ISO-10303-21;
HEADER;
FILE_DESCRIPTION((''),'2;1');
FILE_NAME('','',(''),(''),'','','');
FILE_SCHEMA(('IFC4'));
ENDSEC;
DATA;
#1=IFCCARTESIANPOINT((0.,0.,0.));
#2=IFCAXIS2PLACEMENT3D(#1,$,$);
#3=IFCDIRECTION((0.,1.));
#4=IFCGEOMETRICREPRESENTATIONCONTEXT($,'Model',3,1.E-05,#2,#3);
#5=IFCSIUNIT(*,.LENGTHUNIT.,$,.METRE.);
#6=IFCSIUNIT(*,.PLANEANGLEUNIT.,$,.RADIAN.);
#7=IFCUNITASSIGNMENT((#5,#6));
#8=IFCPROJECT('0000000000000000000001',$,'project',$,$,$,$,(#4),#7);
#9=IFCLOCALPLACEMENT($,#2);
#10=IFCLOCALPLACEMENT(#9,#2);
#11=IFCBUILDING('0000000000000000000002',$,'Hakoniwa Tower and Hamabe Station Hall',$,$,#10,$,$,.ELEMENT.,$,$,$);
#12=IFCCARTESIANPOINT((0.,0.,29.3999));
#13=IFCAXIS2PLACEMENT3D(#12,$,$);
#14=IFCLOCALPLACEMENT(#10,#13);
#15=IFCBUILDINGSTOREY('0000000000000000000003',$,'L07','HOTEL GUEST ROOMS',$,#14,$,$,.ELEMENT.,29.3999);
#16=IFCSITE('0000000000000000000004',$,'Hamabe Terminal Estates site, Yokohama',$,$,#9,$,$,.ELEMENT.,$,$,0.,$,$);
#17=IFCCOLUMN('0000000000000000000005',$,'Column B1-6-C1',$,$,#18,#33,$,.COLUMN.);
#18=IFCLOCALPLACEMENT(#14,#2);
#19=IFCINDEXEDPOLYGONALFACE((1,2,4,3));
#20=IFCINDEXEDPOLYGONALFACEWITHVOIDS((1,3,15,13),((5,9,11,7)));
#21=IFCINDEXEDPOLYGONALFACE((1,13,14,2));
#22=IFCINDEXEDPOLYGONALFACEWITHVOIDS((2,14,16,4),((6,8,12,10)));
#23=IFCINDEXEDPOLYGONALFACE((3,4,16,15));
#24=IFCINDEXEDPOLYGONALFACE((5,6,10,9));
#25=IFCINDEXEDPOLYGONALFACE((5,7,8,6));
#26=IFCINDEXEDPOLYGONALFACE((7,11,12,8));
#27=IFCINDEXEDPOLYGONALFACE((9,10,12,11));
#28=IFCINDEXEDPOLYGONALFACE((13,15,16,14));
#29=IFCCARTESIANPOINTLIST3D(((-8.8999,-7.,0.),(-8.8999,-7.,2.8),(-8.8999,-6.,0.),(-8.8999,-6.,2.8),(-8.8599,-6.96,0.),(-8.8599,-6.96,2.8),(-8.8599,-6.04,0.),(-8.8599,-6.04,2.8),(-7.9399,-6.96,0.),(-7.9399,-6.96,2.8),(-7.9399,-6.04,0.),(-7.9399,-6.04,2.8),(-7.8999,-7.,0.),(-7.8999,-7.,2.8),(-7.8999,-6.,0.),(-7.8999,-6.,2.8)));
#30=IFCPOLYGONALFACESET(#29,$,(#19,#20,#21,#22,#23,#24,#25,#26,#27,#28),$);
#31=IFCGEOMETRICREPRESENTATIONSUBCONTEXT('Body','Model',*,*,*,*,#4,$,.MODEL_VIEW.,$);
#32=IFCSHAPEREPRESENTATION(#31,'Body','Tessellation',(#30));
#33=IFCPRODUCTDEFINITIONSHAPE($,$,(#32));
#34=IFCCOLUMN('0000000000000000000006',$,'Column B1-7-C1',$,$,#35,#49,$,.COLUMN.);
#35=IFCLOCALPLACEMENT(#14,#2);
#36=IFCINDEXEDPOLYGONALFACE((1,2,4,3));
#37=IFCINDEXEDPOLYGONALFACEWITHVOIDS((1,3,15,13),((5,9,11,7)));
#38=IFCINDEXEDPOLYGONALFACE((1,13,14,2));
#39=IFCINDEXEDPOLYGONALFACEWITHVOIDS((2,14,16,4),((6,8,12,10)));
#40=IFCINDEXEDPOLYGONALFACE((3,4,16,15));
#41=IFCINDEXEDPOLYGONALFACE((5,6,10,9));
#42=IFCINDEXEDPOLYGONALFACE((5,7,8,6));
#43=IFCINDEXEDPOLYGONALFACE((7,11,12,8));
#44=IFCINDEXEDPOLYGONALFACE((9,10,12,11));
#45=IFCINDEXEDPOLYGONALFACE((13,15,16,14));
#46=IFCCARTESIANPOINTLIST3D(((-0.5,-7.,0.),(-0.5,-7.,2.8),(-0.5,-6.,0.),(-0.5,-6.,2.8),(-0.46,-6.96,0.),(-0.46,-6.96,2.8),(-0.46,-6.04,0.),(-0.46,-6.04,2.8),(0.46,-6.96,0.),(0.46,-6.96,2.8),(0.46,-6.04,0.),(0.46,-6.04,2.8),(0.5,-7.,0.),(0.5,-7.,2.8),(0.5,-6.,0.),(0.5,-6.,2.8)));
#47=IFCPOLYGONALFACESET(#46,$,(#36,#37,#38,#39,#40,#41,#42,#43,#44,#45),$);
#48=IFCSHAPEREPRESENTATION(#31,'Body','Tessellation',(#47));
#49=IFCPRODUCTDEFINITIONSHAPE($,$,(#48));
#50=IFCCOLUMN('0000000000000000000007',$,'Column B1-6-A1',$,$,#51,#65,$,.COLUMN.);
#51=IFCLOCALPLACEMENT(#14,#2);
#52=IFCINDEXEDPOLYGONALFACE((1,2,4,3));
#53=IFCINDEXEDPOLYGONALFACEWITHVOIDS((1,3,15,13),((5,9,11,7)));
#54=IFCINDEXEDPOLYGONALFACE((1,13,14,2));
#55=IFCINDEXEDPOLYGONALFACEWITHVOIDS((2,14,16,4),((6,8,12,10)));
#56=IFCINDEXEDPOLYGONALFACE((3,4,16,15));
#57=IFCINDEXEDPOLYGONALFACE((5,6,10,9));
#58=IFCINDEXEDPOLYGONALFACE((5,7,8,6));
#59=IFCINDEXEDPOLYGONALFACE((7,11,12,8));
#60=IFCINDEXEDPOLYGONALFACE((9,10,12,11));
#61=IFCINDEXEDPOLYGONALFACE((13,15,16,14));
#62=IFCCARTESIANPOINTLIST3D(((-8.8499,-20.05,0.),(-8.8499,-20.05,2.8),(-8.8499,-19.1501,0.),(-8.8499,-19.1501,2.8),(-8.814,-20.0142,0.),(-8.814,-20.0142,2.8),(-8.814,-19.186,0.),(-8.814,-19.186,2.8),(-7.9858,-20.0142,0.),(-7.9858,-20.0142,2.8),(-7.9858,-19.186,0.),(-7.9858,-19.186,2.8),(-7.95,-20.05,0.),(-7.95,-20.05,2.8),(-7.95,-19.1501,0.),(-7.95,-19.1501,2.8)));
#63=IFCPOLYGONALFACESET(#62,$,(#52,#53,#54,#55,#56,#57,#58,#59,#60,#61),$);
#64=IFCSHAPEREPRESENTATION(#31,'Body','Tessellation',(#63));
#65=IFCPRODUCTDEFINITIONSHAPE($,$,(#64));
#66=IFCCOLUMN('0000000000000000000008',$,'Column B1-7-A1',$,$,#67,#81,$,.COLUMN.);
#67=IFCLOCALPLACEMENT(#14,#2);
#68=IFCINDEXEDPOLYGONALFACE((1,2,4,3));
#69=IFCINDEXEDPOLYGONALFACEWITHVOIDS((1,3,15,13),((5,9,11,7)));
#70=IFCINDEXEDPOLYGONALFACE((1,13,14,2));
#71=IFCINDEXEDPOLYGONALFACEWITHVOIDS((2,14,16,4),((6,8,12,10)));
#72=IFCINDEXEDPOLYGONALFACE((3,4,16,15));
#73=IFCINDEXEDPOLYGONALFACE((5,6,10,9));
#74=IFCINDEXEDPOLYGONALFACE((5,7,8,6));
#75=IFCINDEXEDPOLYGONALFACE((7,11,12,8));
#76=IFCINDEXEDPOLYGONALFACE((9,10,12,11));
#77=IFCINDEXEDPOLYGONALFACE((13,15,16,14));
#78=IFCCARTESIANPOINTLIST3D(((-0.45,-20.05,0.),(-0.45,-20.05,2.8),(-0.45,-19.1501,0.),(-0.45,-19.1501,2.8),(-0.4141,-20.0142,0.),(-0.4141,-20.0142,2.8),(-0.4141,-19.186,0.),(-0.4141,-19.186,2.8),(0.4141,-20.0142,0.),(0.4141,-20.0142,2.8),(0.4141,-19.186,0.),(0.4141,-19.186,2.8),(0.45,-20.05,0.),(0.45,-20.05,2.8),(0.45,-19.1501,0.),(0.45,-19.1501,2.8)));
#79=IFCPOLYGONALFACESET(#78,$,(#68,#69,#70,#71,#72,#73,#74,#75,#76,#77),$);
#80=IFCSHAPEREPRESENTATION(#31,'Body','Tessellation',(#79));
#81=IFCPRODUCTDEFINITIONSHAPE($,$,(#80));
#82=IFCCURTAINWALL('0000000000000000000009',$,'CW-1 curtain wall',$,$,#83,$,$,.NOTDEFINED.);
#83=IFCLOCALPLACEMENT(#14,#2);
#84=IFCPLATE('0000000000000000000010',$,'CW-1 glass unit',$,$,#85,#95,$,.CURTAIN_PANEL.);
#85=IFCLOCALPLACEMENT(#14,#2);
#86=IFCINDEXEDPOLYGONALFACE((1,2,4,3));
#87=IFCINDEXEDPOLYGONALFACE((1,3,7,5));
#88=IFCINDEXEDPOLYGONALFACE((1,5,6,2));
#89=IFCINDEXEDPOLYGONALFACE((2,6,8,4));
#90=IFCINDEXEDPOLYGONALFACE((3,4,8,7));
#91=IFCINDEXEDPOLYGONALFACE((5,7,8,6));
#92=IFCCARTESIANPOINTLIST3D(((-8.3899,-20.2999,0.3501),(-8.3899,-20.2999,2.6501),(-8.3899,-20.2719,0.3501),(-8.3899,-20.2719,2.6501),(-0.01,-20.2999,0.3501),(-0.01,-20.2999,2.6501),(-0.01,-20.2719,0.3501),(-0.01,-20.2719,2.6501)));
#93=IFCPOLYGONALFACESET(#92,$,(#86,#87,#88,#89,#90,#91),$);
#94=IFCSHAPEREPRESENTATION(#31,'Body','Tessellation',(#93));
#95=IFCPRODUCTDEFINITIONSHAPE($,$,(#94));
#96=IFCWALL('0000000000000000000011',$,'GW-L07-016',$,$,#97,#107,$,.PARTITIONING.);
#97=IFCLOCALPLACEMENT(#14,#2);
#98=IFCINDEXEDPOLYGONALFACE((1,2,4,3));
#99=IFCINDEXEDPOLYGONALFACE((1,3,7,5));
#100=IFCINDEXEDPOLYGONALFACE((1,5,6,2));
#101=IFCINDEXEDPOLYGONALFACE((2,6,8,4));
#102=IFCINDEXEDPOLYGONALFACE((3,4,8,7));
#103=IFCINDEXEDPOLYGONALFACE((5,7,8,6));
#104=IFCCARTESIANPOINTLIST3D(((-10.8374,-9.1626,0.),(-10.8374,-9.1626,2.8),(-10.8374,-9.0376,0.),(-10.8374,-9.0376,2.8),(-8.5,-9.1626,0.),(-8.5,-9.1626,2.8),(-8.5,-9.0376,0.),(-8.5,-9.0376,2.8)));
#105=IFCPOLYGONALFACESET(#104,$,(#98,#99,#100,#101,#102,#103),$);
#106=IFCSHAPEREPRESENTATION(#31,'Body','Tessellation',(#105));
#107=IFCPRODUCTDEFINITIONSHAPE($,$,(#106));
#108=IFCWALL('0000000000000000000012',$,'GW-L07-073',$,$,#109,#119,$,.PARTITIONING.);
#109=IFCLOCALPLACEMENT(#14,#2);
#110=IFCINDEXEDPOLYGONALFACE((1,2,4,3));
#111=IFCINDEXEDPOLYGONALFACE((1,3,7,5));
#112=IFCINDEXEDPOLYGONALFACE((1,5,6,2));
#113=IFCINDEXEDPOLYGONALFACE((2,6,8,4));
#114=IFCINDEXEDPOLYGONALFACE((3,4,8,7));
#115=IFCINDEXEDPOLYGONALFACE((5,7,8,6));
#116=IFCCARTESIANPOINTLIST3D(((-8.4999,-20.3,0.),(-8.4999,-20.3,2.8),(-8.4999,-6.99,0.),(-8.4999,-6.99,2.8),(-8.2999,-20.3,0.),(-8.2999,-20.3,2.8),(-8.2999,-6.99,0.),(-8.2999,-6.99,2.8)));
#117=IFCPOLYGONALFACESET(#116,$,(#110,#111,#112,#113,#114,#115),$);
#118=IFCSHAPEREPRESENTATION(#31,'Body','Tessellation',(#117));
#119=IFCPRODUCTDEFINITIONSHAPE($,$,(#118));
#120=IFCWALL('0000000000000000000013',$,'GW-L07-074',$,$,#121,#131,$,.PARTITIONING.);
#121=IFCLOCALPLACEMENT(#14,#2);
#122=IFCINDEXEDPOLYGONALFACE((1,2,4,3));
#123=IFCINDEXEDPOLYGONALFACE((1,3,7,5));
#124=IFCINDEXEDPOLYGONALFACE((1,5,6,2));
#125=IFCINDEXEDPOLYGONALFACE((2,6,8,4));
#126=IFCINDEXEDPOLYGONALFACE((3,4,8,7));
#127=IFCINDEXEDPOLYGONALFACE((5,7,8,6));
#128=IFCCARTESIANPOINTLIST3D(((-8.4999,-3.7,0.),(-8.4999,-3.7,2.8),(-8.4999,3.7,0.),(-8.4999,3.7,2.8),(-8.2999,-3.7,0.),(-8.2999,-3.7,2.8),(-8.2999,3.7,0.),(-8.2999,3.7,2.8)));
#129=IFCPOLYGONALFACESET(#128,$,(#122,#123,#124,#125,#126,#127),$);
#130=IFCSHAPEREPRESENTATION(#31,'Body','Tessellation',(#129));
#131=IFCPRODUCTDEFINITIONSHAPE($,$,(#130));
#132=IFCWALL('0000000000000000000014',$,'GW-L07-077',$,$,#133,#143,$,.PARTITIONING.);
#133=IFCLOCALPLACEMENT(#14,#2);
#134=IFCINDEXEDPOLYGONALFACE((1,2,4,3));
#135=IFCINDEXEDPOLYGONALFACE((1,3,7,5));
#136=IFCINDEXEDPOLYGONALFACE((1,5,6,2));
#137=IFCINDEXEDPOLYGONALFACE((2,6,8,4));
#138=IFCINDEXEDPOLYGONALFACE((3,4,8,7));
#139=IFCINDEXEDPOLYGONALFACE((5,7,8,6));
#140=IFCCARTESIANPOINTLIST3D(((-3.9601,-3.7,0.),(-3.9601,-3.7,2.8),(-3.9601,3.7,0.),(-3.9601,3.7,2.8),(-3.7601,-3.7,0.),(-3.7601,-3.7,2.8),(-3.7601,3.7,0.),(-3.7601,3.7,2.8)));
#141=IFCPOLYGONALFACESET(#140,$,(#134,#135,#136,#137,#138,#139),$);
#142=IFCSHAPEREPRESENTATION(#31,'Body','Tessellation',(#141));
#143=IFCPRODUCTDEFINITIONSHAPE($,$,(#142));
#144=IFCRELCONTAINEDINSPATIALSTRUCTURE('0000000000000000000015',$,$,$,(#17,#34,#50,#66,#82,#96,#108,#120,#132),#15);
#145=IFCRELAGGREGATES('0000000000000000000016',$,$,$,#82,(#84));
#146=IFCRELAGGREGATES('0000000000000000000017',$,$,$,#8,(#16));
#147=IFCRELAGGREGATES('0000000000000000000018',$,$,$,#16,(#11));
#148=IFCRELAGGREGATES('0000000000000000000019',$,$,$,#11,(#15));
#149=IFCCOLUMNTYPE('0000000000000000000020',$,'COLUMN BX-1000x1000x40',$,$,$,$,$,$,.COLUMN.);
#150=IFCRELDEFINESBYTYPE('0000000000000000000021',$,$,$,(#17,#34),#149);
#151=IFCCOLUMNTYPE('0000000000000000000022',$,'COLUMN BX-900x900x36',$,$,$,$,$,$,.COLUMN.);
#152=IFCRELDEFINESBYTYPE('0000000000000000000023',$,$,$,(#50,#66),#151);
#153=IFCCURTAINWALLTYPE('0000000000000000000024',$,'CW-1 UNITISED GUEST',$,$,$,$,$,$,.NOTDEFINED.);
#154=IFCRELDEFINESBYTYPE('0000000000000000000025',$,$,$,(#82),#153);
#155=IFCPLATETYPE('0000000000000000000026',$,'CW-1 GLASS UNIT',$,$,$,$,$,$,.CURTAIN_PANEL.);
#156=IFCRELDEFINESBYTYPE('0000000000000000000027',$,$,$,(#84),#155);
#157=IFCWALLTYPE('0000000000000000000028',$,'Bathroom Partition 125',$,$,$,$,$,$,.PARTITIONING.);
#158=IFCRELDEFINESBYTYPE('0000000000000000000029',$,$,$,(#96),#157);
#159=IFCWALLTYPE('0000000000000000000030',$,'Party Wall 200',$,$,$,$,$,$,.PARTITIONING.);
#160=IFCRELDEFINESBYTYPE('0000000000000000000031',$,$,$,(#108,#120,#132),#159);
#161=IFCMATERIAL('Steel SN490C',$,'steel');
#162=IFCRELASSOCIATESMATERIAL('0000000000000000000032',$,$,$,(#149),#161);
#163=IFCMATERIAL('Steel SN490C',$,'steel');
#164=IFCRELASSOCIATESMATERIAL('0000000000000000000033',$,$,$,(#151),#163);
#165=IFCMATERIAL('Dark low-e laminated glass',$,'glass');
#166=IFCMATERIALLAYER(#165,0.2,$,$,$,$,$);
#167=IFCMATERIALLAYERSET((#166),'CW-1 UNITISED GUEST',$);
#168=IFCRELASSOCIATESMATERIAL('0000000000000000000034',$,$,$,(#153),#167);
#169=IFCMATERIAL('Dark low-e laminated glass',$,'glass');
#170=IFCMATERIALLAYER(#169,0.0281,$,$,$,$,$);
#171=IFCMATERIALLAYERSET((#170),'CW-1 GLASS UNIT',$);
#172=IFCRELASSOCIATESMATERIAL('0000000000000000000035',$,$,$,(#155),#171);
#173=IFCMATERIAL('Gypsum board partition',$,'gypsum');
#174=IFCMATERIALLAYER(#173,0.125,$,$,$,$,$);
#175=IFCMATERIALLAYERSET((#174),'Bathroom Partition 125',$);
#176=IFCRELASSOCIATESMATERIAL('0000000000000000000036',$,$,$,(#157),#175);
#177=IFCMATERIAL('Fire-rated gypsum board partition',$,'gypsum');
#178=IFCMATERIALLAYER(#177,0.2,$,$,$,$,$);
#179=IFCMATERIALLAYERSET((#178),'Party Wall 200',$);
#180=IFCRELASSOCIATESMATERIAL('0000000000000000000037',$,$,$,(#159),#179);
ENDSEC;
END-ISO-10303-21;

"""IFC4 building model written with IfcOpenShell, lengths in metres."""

from ifc_helpers import new_model, si_unit, direction, frame, frame_2d, origin, origin_2d, place, context, subcontext, project, spatial, rectangle, hollow_rectangle, extrude, material, layer, layer_set, material_profile, profile_set, type_object, element, aggregate, save


model = new_model("IFC4")

# Units and contexts
model_context = context("Model", 3, precision=1e-05, world=origin(), true_north=direction((0.0, 1.0)))
body_context = subcontext(model_context, "Body", "Model", "MODEL_VIEW")
ifc_project = project(units=[si_unit("LENGTHUNIT", "METRE"), si_unit("PLANEANGLEUNIT", "RADIAN")], contexts=[model_context])

# Site, building, storey
site_placement = place(None, origin())
site = spatial("IfcSite", under=ifc_project, at=site_placement, Name="Hamabe Terminal Estates site, Yokohama", CompositionType="ELEMENT", RefElevation=0.0)
building_placement = place(site_placement, origin())
building = spatial("IfcBuilding", under=site, at=building_placement, Name="Hakoniwa Tower and Hamabe Station Hall", CompositionType="ELEMENT")
storey_placement = place(building_placement, frame((0.0, 0.0, 29.3999)))
storey = spatial("IfcBuildingStorey", under=building, at=storey_placement, Name="L07", Description="HOTEL GUEST ROOMS", CompositionType="ELEMENT", Elevation=29.3999)

# Columns
ifc_material_1 = material(Name="Steel SN490C", Category="steel")
ifc_material_profile_1 = material_profile(ifc_material_1, hollow_rectangle(XDim=1.0, YDim=1.0, WallThickness=0.04, at=origin_2d()), Name="BX-1000x1000x40")
ifc_profile_set_1 = profile_set([ifc_material_profile_1], Name="Steel SN490C")
column_type_1 = type_object("IfcColumnType", Name="COLUMN BX-1000x1000x40", PredefinedType="COLUMN", material=ifc_profile_set_1)
for number, where, z_axis, x_axis, name in (
    (1, (-8.3999, -6.5, 0.0), (0.0, 0.0, 1.0), (1.0, 0.0, 0.0), "Column B1-6-C1"),
    (2, (0.0, -6.5, 0.0), (0.0, 0.0, 1.0), (1.0, 0.0, 0.0), "Column B1-7-C1"),
):
    element("IfcColumn", number, at=place(storey_placement, frame(where, z_axis=z_axis, x_axis=x_axis)), inside=storey, type_object=column_type_1, Name=name, PredefinedType="COLUMN", context=body_context, shape_type="SweptSolid", body=[
        extrude(hollow_rectangle(XDim=1.0, YDim=1.0, WallThickness=0.04, at=origin_2d()), origin(), (0.0, 0.0, 1.0), 2.8),
    ])
ifc_material_2 = material(Name="Steel SN490C", Category="steel")
ifc_material_profile_2 = material_profile(ifc_material_2, hollow_rectangle(XDim=0.8999, YDim=0.8999, WallThickness=0.0359, at=origin_2d()), Name="BX-900x900x36")
ifc_profile_set_2 = profile_set([ifc_material_profile_2], Name="Steel SN490C")
column_type_2 = type_object("IfcColumnType", Name="COLUMN BX-900x900x36", PredefinedType="COLUMN", material=ifc_profile_set_2)
for number, where, z_axis, x_axis, name in (
    (3, (-8.3999, -19.6001, 0.0), (0.0, 0.0, 1.0), (1.0, 0.0, 0.0), "Column B1-6-A1"),
    (4, (0.0, -19.6001, 0.0), (0.0, 0.0, 1.0), (1.0, 0.0, 0.0), "Column B1-7-A1"),
):
    element("IfcColumn", number, at=place(storey_placement, frame(where, z_axis=z_axis, x_axis=x_axis)), inside=storey, type_object=column_type_2, Name=name, PredefinedType="COLUMN", context=body_context, shape_type="SweptSolid", body=[
        extrude(hollow_rectangle(XDim=0.8999, YDim=0.8999, WallThickness=0.0359, at=origin_2d()), origin(), (0.0, 0.0, 1.0), 2.8),
    ])

# Curtain wall, plate
ifc_material_3 = material(Name="Dark low-e laminated glass", Category="glass")
ifc_layer_1 = layer(ifc_material_3, 0.2)
ifc_layer_set_1 = layer_set([ifc_layer_1], Name="CW-1 UNITISED GUEST")
curtain_wall_type = type_object("IfcCurtainWallType", Name="CW-1 UNITISED GUEST", PredefinedType="NOTDEFINED", material=ifc_layer_set_1)
curtain_wall_placement = place(storey_placement, origin())
curtain_wall = element("IfcCurtainWall", 5, at=curtain_wall_placement, inside=storey, type_object=curtain_wall_type, Name="CW-1 curtain wall", PredefinedType="NOTDEFINED")
ifc_material_4 = material(Name="Dark low-e laminated glass", Category="glass")
ifc_layer_2 = layer(ifc_material_4, 0.0281)
ifc_layer_set_2 = layer_set([ifc_layer_2], Name="CW-1 GLASS UNIT")
plate_type = type_object("IfcPlateType", Name="CW-1 GLASS UNIT", PredefinedType="CURTAIN_PANEL", material=ifc_layer_set_2)
plate_placement = place(storey_placement, frame((-4.2, -20.2859, 0.3501), z_axis=(0.0, 0.0, 1.0), x_axis=(1.0, 0.0, 0.0)))
plate = element("IfcPlate", 6, at=plate_placement, type_object=plate_type, Name="CW-1 glass unit", PredefinedType="CURTAIN_PANEL", context=body_context, shape_type="SweptSolid", body=[
    extrude(rectangle(XDim=8.3799, YDim=0.0281, at=origin_2d()), origin(), (0.0, 0.0, 1.0), 2.3),
])
aggregate(curtain_wall, [plate])

# Walls
ifc_material_5 = material(Name="Gypsum board partition", Category="gypsum")
ifc_layer_3 = layer(ifc_material_5, 0.125)
ifc_layer_set_3 = layer_set([ifc_layer_3], Name="Bathroom Partition 125")
wall_type_1 = type_object("IfcWallType", Name="Bathroom Partition 125", PredefinedType="PARTITIONING", material=ifc_layer_set_3)
wall_1_placement = place(storey_placement, frame((-10.8374, -9.1001, 0.0), z_axis=(0.0, 0.0, 1.0), x_axis=(1.0, 0.0, 0.0)))
element("IfcWall", 7, at=wall_1_placement, inside=storey, type_object=wall_type_1, Name="GW-L07-016", PredefinedType="PARTITIONING", context=body_context, shape_type="SweptSolid", body=[
    extrude(rectangle(XDim=2.3374, YDim=0.125, at=frame_2d((1.1687, 0.0))), origin(), (0.0, 0.0, 1.0), 2.8),
])
ifc_material_6 = material(Name="Fire-rated gypsum board partition", Category="gypsum")
ifc_layer_4 = layer(ifc_material_6, 0.2)
ifc_layer_set_4 = layer_set([ifc_layer_4], Name="Party Wall 200")
wall_type_2 = type_object("IfcWallType", Name="Party Wall 200", PredefinedType="PARTITIONING", material=ifc_layer_set_4)
wall_2_placement = place(storey_placement, frame((-8.3999, -20.3, 0.0), z_axis=(0.0, 0.0, 1.0), x_axis=(0.0, 1.0, 0.0)))
element("IfcWall", 8, at=wall_2_placement, inside=storey, type_object=wall_type_2, Name="GW-L07-073", PredefinedType="PARTITIONING", context=body_context, shape_type="SweptSolid", body=[
    extrude(rectangle(XDim=13.3101, YDim=0.2, at=frame_2d((6.655, 0.0))), origin(), (0.0, 0.0, 1.0), 2.8),
])
for number, where, z_axis, x_axis, name in (
    (9, (-8.3999, -3.7, 0.0), (0.0, 0.0, 1.0), (0.0, 1.0, 0.0), "GW-L07-074"),
    (10, (-3.8601, -3.7, 0.0), (0.0, 0.0, 1.0), (0.0, 1.0, 0.0), "GW-L07-077"),
):
    element("IfcWall", number, at=place(storey_placement, frame(where, z_axis=z_axis, x_axis=x_axis)), inside=storey, type_object=wall_type_2, Name=name, PredefinedType="PARTITIONING", context=body_context, shape_type="SweptSolid", body=[
        extrude(rectangle(XDim=7.3999, YDim=0.2, at=frame_2d((3.7, 0.0))), origin(), (0.0, 0.0, 1.0), 2.8),
    ])

save(model, "model.ifc")
